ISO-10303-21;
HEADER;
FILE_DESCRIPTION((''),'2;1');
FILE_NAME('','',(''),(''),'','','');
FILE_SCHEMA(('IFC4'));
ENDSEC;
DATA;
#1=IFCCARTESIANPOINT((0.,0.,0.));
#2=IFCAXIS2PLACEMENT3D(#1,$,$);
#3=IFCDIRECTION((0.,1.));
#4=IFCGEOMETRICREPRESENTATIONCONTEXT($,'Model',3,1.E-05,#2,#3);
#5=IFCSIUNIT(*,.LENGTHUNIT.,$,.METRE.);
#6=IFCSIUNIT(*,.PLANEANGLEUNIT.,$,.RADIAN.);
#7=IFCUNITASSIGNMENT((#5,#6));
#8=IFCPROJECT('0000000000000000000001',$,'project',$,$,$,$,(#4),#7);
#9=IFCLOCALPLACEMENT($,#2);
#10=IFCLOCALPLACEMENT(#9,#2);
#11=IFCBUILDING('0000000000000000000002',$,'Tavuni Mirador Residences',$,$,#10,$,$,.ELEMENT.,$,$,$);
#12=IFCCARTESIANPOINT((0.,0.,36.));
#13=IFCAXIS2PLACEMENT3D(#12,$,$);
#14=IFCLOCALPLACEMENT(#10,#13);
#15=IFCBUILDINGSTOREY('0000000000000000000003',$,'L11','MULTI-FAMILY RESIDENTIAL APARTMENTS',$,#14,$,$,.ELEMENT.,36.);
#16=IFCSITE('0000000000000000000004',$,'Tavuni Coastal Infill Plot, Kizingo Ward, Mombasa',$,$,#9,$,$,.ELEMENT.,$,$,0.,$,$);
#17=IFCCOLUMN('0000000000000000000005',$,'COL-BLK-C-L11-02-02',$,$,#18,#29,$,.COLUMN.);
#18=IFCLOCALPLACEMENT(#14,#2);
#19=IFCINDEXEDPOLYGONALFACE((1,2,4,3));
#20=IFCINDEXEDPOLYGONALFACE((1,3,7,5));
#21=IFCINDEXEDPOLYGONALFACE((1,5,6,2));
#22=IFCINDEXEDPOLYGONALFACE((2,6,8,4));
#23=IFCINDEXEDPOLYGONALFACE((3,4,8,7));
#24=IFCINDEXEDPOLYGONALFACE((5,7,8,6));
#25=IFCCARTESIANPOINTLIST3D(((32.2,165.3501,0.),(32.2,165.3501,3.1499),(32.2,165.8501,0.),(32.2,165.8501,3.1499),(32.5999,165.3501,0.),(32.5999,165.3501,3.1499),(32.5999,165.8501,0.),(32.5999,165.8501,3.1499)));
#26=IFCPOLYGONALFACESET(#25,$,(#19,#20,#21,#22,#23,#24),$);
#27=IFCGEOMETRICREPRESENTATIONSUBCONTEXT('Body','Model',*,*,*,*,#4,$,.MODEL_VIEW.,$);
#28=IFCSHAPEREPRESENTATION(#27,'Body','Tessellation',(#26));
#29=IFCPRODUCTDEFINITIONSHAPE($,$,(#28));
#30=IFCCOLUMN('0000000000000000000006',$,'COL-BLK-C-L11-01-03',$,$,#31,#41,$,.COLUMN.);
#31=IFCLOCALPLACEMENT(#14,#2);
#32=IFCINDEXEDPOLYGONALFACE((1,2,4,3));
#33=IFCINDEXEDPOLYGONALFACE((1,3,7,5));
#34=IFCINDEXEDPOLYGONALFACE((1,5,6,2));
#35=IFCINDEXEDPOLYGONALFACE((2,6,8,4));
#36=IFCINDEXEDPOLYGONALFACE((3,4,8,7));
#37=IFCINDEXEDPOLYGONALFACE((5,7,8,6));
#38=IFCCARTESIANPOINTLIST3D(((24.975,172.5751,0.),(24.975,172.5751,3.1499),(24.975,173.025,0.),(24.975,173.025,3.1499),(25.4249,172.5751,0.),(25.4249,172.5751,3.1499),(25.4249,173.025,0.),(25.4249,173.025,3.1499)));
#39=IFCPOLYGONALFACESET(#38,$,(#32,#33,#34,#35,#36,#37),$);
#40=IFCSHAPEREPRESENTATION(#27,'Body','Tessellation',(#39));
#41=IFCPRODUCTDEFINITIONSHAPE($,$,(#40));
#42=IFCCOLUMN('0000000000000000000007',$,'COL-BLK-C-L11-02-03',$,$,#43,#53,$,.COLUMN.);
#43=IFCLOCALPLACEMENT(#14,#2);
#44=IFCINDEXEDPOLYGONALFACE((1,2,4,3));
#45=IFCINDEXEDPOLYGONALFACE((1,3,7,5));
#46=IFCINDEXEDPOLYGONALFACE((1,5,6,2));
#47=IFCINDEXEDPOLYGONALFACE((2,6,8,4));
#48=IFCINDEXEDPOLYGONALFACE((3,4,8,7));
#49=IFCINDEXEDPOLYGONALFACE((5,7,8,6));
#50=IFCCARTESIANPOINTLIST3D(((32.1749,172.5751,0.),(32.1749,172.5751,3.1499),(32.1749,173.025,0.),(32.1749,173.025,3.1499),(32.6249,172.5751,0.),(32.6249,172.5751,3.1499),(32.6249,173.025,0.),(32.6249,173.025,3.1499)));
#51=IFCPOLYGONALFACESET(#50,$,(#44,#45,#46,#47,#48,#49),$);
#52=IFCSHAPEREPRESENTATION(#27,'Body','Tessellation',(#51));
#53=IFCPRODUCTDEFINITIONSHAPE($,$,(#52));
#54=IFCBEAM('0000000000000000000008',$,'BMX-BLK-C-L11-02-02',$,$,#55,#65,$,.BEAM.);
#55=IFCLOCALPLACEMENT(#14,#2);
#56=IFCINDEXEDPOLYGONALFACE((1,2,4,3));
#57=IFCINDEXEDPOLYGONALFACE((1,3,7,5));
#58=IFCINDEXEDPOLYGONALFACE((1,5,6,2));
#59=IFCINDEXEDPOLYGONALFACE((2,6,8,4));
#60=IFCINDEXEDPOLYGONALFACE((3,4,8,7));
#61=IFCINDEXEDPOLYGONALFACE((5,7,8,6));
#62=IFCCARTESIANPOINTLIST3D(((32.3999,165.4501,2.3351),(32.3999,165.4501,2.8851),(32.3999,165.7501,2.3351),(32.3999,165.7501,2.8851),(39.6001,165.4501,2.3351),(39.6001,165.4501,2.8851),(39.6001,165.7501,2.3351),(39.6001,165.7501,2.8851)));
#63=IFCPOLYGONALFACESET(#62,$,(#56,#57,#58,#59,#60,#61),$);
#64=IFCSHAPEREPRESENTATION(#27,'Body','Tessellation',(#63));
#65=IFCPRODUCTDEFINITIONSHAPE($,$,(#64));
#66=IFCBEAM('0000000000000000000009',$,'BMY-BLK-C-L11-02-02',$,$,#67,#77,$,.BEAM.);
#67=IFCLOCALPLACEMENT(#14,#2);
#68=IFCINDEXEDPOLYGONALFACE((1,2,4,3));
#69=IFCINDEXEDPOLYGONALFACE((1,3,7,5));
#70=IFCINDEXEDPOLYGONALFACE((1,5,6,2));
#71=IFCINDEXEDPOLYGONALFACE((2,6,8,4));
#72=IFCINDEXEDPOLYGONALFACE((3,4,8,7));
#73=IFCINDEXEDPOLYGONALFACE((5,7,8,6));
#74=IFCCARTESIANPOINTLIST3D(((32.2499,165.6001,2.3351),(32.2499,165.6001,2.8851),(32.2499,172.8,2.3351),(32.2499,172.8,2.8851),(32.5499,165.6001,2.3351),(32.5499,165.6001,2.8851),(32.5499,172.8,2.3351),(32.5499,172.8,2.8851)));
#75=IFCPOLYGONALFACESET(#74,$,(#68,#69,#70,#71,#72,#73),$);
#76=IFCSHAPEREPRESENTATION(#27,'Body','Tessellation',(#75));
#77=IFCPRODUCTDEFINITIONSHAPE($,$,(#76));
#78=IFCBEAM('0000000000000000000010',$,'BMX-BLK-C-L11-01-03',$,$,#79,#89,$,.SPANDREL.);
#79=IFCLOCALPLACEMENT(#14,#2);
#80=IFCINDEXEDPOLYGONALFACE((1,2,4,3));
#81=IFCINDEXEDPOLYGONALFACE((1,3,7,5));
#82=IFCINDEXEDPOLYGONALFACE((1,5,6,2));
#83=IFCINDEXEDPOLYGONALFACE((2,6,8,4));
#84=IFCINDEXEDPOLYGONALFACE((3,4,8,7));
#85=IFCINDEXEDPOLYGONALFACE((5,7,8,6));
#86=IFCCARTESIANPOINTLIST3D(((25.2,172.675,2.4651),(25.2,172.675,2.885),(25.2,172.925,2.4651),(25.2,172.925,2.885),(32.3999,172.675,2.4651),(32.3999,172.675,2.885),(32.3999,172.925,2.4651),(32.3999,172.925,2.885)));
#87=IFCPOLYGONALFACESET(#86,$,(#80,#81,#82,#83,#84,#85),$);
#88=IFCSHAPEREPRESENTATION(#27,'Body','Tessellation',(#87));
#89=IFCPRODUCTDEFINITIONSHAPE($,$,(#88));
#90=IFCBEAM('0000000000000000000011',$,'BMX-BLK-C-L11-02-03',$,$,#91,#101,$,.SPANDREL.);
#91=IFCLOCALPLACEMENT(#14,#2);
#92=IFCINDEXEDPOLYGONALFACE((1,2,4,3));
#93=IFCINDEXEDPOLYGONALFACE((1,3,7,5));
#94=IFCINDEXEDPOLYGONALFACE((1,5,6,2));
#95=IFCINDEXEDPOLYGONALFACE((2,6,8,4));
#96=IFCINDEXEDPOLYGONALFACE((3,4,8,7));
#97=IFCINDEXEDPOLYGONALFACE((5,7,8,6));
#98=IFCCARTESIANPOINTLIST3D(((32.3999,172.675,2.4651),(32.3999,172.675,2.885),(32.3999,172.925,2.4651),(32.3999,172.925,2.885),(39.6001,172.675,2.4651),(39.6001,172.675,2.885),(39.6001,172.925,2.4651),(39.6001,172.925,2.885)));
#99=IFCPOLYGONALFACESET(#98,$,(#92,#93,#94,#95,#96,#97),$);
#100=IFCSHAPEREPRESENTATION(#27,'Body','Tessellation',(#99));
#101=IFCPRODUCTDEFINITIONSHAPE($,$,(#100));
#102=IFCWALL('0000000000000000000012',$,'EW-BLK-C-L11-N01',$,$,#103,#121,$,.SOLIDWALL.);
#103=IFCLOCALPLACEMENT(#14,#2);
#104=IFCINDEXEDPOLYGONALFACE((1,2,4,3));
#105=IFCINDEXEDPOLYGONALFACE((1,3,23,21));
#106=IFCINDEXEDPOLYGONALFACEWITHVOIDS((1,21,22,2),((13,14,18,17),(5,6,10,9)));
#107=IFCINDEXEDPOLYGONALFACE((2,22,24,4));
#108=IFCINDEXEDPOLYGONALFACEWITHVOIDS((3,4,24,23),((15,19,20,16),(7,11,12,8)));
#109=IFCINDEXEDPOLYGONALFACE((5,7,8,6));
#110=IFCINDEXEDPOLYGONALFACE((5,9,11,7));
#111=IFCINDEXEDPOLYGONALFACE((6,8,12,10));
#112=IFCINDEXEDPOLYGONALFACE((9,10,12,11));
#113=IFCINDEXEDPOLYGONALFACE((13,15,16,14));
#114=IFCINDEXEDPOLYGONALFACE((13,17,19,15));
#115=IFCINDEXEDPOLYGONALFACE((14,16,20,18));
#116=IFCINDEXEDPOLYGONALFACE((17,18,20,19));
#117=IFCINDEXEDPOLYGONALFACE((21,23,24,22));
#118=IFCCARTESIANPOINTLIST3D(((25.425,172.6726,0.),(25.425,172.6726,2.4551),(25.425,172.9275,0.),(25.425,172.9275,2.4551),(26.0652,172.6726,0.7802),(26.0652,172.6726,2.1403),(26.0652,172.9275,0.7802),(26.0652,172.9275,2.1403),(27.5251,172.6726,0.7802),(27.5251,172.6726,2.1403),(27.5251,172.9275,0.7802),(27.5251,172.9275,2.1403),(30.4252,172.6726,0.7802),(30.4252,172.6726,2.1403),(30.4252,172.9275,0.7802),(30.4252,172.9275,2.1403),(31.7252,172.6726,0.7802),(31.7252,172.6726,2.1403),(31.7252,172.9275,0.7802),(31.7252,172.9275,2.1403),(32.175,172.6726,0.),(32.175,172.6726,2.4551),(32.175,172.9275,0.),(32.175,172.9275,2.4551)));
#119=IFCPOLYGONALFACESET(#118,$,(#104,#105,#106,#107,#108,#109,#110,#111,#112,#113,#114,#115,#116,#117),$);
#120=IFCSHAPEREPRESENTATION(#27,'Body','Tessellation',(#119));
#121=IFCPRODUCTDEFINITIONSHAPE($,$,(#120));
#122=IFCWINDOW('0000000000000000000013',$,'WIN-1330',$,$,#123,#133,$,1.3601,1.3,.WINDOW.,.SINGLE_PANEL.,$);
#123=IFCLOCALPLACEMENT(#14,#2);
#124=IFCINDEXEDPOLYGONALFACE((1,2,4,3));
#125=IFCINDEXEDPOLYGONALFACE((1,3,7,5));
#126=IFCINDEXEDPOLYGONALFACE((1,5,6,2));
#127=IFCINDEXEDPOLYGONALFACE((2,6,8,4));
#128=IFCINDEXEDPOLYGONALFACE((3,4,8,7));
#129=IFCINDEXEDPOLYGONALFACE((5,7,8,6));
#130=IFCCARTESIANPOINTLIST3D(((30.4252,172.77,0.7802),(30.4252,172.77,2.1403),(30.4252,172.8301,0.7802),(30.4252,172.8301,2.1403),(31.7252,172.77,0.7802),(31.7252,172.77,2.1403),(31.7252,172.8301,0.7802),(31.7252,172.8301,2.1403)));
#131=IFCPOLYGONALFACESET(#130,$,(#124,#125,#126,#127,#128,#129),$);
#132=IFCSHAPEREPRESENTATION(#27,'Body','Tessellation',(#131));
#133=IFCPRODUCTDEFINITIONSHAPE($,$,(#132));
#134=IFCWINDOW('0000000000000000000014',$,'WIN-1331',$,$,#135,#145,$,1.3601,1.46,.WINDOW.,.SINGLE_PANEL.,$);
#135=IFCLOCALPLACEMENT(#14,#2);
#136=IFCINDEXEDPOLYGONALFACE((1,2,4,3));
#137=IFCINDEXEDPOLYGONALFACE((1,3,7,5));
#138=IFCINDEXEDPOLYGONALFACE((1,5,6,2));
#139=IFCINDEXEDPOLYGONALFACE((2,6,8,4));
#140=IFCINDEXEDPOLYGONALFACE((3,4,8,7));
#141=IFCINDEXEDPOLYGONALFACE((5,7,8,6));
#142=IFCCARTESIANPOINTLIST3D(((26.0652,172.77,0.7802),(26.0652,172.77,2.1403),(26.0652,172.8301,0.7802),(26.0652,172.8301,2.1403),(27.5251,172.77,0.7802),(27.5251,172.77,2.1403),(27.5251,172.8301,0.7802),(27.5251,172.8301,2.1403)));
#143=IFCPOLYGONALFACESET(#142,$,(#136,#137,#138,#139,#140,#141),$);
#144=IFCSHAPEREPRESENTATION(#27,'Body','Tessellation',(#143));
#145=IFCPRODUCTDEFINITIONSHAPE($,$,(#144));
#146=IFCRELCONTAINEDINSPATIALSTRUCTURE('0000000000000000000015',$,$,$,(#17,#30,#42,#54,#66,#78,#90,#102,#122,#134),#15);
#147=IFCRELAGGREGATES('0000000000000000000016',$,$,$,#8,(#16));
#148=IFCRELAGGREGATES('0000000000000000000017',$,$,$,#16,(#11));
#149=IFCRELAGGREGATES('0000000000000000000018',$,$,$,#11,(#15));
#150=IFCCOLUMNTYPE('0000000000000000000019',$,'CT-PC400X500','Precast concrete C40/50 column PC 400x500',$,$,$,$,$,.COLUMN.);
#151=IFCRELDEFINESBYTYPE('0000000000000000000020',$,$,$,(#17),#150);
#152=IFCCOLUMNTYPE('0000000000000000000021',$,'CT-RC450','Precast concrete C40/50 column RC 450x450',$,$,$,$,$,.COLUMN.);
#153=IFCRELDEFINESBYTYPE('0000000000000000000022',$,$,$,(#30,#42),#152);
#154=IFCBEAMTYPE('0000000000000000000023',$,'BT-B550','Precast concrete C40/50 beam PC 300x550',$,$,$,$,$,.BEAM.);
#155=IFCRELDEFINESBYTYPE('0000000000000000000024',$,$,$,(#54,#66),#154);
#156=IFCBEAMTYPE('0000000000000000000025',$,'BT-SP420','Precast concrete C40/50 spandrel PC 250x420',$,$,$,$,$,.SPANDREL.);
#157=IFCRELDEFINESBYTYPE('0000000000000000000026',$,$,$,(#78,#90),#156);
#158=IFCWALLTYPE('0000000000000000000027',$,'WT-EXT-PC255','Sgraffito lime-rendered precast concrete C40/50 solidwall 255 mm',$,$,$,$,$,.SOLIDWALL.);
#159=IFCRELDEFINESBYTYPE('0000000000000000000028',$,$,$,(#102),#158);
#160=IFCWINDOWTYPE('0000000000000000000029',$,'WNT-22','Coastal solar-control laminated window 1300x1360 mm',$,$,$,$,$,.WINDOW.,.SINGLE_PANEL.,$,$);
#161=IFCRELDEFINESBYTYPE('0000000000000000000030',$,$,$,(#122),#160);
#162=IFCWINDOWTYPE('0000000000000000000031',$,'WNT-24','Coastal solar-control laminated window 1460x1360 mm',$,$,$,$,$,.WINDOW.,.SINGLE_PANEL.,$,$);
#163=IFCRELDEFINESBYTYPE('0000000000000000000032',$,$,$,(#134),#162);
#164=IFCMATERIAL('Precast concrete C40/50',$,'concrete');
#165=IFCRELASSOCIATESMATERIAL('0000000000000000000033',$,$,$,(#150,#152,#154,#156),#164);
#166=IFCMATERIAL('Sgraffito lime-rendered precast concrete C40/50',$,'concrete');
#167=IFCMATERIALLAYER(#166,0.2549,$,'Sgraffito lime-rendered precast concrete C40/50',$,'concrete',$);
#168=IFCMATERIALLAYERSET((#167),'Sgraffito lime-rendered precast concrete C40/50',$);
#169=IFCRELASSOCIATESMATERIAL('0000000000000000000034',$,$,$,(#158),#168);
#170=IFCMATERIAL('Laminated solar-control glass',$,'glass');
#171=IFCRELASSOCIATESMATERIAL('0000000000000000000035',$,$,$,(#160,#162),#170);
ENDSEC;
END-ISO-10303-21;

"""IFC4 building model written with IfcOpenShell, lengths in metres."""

from ifc_helpers import new_model, si_unit, direction, frame, frame_2d, origin, origin_2d, place, context, subcontext, project, spatial, rectangle, extrude, material, layer, layer_set, material_profile, profile_set, type_object, element, fill, save


model = new_model("IFC4")

# Units and contexts
model_context = context("Model", 3, precision=1e-05, world=origin(), true_north=direction((0.0, 1.0)))
body_context = subcontext(model_context, "Body", "Model", "MODEL_VIEW")
ifc_project = project(units=[si_unit("LENGTHUNIT", "METRE"), si_unit("PLANEANGLEUNIT", "RADIAN")], contexts=[model_context])

# Site, building, storey
site_placement = place(None, origin())
site = spatial("IfcSite", under=ifc_project, at=site_placement, Name="Tavuni Coastal Infill Plot, Kizingo Ward, Mombasa", CompositionType="ELEMENT", RefElevation=0.0)
building_placement = place(site_placement, origin())
building = spatial("IfcBuilding", under=site, at=building_placement, Name="Tavuni Mirador Residences", CompositionType="ELEMENT")
storey_placement = place(building_placement, frame((0.0, 0.0, 36.0)))
storey = spatial("IfcBuildingStorey", under=building, at=storey_placement, Name="L11", Description="MULTI-FAMILY RESIDENTIAL APARTMENTS", CompositionType="ELEMENT", Elevation=36.0)

# Columns
ifc_material_1 = material(Name="Precast concrete C40/50", Category="concrete")
ifc_material_profile_1 = material_profile(ifc_material_1, rectangle(XDim=0.3999, YDim=0.5, at=origin_2d()), Name="PC 400x500", Category="concrete")
ifc_profile_set_1 = profile_set([ifc_material_profile_1], Name="Precast concrete C40/50")
column_type_1 = type_object("IfcColumnType", Name="CT-PC400X500", Description="Precast concrete C40/50 column PC 400x500", PredefinedType="COLUMN", material=ifc_profile_set_1)
column_placement = place(storey_placement, frame((32.3999, 165.6001, 0.0), z_axis=(0.0, 0.0, 1.0), x_axis=(1.0, 0.0, 0.0)))
element("IfcColumn", 1, at=column_placement, inside=storey, type_object=column_type_1, Name="COL-BLK-C-L11-02-02", PredefinedType="COLUMN", context=body_context, shape_type="SweptSolid", body=[
    extrude(rectangle(XDim=0.3999, YDim=0.5, at=origin_2d()), origin(), (0.0, 0.0, 1.0), 3.1499),
])
ifc_material_profile_2 = material_profile(ifc_material_1, rectangle(XDim=0.45, YDim=0.45, at=origin_2d()), Name="RC 450x450", Category="concrete")
ifc_profile_set_2 = profile_set([ifc_material_profile_2], Name="Precast concrete C40/50")
column_type_2 = type_object("IfcColumnType", Name="CT-RC450", Description="Precast concrete C40/50 column RC 450x450", PredefinedType="COLUMN", material=ifc_profile_set_2)
for number, where, z_axis, x_axis, name in (
    (2, (25.2, 172.8, 0.0), (0.0, 0.0, 1.0), (1.0, 0.0, 0.0), "COL-BLK-C-L11-01-03"),
    (3, (32.3999, 172.8, 0.0), (0.0, 0.0, 1.0), (1.0, 0.0, 0.0), "COL-BLK-C-L11-02-03"),
):
    element("IfcColumn", number, at=place(storey_placement, frame(where, z_axis=z_axis, x_axis=x_axis)), inside=storey, type_object=column_type_2, Name=name, PredefinedType="COLUMN", context=body_context, shape_type="SweptSolid", body=[
        extrude(rectangle(XDim=0.45, YDim=0.45, at=origin_2d()), origin(), (0.0, 0.0, 1.0), 3.1499),
    ])

# Beams
ifc_material_profile_3 = material_profile(ifc_material_1, rectangle(XDim=0.3, YDim=0.55, at=origin_2d()), Name="PC 300x550", Category="concrete")
ifc_profile_set_3 = profile_set([ifc_material_profile_3], Name="Precast concrete C40/50")
beam_type_1 = type_object("IfcBeamType", Name="BT-B550", Description="Precast concrete C40/50 beam PC 300x550", PredefinedType="BEAM", material=ifc_profile_set_3)
beam_1_placement = place(storey_placement, frame((32.3999, 165.6001, 2.6101), z_axis=(1.0, 0.0, 0.0), x_axis=(0.0, 1.0, 0.0)))
element("IfcBeam", 4, at=beam_1_placement, inside=storey, type_object=beam_type_1, Name="BMX-BLK-C-L11-02-02", PredefinedType="BEAM", context=body_context, shape_type="SweptSolid", body=[
    extrude(rectangle(XDim=0.3, YDim=0.55, at=origin_2d()), origin(), (0.0, 0.0, 1.0), 7.2002),
])
beam_2_placement = place(storey_placement, frame((32.3999, 165.6001, 2.6101), z_axis=(0.0, 1.0, 0.0), x_axis=(-1.0, 0.0, 0.0)))
element("IfcBeam", 5, at=beam_2_placement, inside=storey, type_object=beam_type_1, Name="BMY-BLK-C-L11-02-02", PredefinedType="BEAM", context=body_context, shape_type="SweptSolid", body=[
    extrude(rectangle(XDim=0.3, YDim=0.55, at=origin_2d()), origin(), (0.0, 0.0, 1.0), 7.2),
])
ifc_material_profile_4 = material_profile(ifc_material_1, rectangle(XDim=0.25, YDim=0.4199, at=origin_2d()), Name="PC 250x420", Category="concrete")
ifc_profile_set_4 = profile_set([ifc_material_profile_4], Name="Precast concrete C40/50")
beam_type_2 = type_object("IfcBeamType", Name="BT-SP420", Description="Precast concrete C40/50 spandrel PC 250x420", PredefinedType="SPANDREL", material=ifc_profile_set_4)
beam_3_placement = place(storey_placement, frame((25.2, 172.8, 2.675), z_axis=(1.0, 0.0, 0.0), x_axis=(0.0, 1.0, 0.0)))
element("IfcBeam", 6, at=beam_3_placement, inside=storey, type_object=beam_type_2, Name="BMX-BLK-C-L11-01-03", PredefinedType="SPANDREL", context=body_context, shape_type="SweptSolid", body=[
    extrude(rectangle(XDim=0.25, YDim=0.4199, at=origin_2d()), origin(), (0.0, 0.0, 1.0), 7.2),
])
beam_4_placement = place(storey_placement, frame((32.3999, 172.8, 2.675), z_axis=(1.0, 0.0, 0.0), x_axis=(0.0, 1.0, 0.0)))
element("IfcBeam", 7, at=beam_4_placement, inside=storey, type_object=beam_type_2, Name="BMX-BLK-C-L11-02-03", PredefinedType="SPANDREL", context=body_context, shape_type="SweptSolid", body=[
    extrude(rectangle(XDim=0.25, YDim=0.4199, at=origin_2d()), origin(), (0.0, 0.0, 1.0), 7.2002),
])

# Wall, openings, windows
ifc_material_2 = material(Name="Sgraffito lime-rendered precast concrete C40/50", Category="concrete")
ifc_layer_1 = layer(ifc_material_2, 0.2549, Name="Sgraffito lime-rendered precast concrete C40/50", Category="concrete")
ifc_layer_set_1 = layer_set([ifc_layer_1], Name="Sgraffito lime-rendered precast concrete C40/50")
wall_type_1 = type_object("IfcWallType", Name="WT-EXT-PC255", Description="Sgraffito lime-rendered precast concrete C40/50 solidwall 255 mm", PredefinedType="SOLIDWALL", material=ifc_layer_set_1)
wall_1_placement = place(storey_placement, frame((32.175, 172.8, 0.0), z_axis=(0.0, 0.0, 1.0), x_axis=(-1.0, 0.0, 0.0)))
wall_1 = element("IfcWall", 8, at=wall_1_placement, inside=storey, type_object=wall_type_1, Name="EW-BLK-C-L11-N01", PredefinedType="SOLIDWALL", context=body_context, shape_type="SweptSolid", body=[
    extrude(rectangle(XDim=6.75, YDim=0.2549, at=frame_2d((3.375, 0.0))), origin(), (0.0, 0.0, 1.0), 2.4551),
])
opening_1_placement = place(wall_1_placement, frame((0.45, 0.0, 0.78)))
opening_1 = element("IfcOpeningElement", 9, at=opening_1_placement, cuts=wall_1, PredefinedType="OPENING", context=body_context, shape_type="SweptSolid", body=[
    extrude(rectangle(XDim=1.3, YDim=1.3601, at=frame_2d((0.6499, 0.6802))), frame((0.0, 0.1375, 0.0), z_axis=(0.0, -1.0, 0.0), x_axis=(1.0, 0.0, 0.0)), (0.0, 0.0, 1.0), 0.2749),
])
opening_2_placement = place(wall_1_placement, frame((4.6499, 0.0, 0.78)))
opening_2 = element("IfcOpeningElement", 10, at=opening_2_placement, cuts=wall_1, PredefinedType="OPENING", context=body_context, shape_type="SweptSolid", body=[
    extrude(rectangle(XDim=1.46, YDim=1.3601, at=frame_2d((0.73, 0.6802))), frame((0.0, 0.1375, 0.0), z_axis=(0.0, -1.0, 0.0), x_axis=(1.0, 0.0, 0.0)), (0.0, 0.0, 1.0), 0.2749),
])
ifc_material_3 = material(Name="Laminated solar-control glass", Category="glass")
window_type_1 = type_object("IfcWindowType", Name="WNT-22", Description="Coastal solar-control laminated window 1300x1360 mm", PartitioningType="SINGLE_PANEL", PredefinedType="WINDOW", material=ifc_material_3)
window_1_placement = place(opening_1_placement, origin())
window_1 = element("IfcWindow", 11, at=window_1_placement, inside=storey, type_object=window_type_1, Name="WIN-1330", OverallHeight=1.3601, OverallWidth=1.3, PartitioningType="SINGLE_PANEL", PredefinedType="WINDOW", context=body_context, shape_type="SweptSolid", body=[
    extrude(rectangle(XDim=1.3, YDim=1.3601, at=frame_2d((0.6499, 0.6802))), frame((0.0, 0.03, 0.0), z_axis=(0.0, -1.0, 0.0), x_axis=(1.0, 0.0, 0.0)), (0.0, 0.0, 1.0), 0.0601),
])
fill(opening_1, window_1)
window_type_2 = type_object("IfcWindowType", Name="WNT-24", Description="Coastal solar-control laminated window 1460x1360 mm", PartitioningType="SINGLE_PANEL", PredefinedType="WINDOW", material=ifc_material_3)
window_2_placement = place(opening_2_placement, origin())
window_2 = element("IfcWindow", 12, at=window_2_placement, inside=storey, type_object=window_type_2, Name="WIN-1331", OverallHeight=1.3601, OverallWidth=1.46, PartitioningType="SINGLE_PANEL", PredefinedType="WINDOW", context=body_context, shape_type="SweptSolid", body=[
    extrude(rectangle(XDim=1.46, YDim=1.3601, at=frame_2d((0.73, 0.6802))), frame((0.0, 0.03, 0.0), z_axis=(0.0, -1.0, 0.0), x_axis=(1.0, 0.0, 0.0)), (0.0, 0.0, 1.0), 0.0601),
])
fill(opening_2, window_2)

save(model, "model.ifc")
